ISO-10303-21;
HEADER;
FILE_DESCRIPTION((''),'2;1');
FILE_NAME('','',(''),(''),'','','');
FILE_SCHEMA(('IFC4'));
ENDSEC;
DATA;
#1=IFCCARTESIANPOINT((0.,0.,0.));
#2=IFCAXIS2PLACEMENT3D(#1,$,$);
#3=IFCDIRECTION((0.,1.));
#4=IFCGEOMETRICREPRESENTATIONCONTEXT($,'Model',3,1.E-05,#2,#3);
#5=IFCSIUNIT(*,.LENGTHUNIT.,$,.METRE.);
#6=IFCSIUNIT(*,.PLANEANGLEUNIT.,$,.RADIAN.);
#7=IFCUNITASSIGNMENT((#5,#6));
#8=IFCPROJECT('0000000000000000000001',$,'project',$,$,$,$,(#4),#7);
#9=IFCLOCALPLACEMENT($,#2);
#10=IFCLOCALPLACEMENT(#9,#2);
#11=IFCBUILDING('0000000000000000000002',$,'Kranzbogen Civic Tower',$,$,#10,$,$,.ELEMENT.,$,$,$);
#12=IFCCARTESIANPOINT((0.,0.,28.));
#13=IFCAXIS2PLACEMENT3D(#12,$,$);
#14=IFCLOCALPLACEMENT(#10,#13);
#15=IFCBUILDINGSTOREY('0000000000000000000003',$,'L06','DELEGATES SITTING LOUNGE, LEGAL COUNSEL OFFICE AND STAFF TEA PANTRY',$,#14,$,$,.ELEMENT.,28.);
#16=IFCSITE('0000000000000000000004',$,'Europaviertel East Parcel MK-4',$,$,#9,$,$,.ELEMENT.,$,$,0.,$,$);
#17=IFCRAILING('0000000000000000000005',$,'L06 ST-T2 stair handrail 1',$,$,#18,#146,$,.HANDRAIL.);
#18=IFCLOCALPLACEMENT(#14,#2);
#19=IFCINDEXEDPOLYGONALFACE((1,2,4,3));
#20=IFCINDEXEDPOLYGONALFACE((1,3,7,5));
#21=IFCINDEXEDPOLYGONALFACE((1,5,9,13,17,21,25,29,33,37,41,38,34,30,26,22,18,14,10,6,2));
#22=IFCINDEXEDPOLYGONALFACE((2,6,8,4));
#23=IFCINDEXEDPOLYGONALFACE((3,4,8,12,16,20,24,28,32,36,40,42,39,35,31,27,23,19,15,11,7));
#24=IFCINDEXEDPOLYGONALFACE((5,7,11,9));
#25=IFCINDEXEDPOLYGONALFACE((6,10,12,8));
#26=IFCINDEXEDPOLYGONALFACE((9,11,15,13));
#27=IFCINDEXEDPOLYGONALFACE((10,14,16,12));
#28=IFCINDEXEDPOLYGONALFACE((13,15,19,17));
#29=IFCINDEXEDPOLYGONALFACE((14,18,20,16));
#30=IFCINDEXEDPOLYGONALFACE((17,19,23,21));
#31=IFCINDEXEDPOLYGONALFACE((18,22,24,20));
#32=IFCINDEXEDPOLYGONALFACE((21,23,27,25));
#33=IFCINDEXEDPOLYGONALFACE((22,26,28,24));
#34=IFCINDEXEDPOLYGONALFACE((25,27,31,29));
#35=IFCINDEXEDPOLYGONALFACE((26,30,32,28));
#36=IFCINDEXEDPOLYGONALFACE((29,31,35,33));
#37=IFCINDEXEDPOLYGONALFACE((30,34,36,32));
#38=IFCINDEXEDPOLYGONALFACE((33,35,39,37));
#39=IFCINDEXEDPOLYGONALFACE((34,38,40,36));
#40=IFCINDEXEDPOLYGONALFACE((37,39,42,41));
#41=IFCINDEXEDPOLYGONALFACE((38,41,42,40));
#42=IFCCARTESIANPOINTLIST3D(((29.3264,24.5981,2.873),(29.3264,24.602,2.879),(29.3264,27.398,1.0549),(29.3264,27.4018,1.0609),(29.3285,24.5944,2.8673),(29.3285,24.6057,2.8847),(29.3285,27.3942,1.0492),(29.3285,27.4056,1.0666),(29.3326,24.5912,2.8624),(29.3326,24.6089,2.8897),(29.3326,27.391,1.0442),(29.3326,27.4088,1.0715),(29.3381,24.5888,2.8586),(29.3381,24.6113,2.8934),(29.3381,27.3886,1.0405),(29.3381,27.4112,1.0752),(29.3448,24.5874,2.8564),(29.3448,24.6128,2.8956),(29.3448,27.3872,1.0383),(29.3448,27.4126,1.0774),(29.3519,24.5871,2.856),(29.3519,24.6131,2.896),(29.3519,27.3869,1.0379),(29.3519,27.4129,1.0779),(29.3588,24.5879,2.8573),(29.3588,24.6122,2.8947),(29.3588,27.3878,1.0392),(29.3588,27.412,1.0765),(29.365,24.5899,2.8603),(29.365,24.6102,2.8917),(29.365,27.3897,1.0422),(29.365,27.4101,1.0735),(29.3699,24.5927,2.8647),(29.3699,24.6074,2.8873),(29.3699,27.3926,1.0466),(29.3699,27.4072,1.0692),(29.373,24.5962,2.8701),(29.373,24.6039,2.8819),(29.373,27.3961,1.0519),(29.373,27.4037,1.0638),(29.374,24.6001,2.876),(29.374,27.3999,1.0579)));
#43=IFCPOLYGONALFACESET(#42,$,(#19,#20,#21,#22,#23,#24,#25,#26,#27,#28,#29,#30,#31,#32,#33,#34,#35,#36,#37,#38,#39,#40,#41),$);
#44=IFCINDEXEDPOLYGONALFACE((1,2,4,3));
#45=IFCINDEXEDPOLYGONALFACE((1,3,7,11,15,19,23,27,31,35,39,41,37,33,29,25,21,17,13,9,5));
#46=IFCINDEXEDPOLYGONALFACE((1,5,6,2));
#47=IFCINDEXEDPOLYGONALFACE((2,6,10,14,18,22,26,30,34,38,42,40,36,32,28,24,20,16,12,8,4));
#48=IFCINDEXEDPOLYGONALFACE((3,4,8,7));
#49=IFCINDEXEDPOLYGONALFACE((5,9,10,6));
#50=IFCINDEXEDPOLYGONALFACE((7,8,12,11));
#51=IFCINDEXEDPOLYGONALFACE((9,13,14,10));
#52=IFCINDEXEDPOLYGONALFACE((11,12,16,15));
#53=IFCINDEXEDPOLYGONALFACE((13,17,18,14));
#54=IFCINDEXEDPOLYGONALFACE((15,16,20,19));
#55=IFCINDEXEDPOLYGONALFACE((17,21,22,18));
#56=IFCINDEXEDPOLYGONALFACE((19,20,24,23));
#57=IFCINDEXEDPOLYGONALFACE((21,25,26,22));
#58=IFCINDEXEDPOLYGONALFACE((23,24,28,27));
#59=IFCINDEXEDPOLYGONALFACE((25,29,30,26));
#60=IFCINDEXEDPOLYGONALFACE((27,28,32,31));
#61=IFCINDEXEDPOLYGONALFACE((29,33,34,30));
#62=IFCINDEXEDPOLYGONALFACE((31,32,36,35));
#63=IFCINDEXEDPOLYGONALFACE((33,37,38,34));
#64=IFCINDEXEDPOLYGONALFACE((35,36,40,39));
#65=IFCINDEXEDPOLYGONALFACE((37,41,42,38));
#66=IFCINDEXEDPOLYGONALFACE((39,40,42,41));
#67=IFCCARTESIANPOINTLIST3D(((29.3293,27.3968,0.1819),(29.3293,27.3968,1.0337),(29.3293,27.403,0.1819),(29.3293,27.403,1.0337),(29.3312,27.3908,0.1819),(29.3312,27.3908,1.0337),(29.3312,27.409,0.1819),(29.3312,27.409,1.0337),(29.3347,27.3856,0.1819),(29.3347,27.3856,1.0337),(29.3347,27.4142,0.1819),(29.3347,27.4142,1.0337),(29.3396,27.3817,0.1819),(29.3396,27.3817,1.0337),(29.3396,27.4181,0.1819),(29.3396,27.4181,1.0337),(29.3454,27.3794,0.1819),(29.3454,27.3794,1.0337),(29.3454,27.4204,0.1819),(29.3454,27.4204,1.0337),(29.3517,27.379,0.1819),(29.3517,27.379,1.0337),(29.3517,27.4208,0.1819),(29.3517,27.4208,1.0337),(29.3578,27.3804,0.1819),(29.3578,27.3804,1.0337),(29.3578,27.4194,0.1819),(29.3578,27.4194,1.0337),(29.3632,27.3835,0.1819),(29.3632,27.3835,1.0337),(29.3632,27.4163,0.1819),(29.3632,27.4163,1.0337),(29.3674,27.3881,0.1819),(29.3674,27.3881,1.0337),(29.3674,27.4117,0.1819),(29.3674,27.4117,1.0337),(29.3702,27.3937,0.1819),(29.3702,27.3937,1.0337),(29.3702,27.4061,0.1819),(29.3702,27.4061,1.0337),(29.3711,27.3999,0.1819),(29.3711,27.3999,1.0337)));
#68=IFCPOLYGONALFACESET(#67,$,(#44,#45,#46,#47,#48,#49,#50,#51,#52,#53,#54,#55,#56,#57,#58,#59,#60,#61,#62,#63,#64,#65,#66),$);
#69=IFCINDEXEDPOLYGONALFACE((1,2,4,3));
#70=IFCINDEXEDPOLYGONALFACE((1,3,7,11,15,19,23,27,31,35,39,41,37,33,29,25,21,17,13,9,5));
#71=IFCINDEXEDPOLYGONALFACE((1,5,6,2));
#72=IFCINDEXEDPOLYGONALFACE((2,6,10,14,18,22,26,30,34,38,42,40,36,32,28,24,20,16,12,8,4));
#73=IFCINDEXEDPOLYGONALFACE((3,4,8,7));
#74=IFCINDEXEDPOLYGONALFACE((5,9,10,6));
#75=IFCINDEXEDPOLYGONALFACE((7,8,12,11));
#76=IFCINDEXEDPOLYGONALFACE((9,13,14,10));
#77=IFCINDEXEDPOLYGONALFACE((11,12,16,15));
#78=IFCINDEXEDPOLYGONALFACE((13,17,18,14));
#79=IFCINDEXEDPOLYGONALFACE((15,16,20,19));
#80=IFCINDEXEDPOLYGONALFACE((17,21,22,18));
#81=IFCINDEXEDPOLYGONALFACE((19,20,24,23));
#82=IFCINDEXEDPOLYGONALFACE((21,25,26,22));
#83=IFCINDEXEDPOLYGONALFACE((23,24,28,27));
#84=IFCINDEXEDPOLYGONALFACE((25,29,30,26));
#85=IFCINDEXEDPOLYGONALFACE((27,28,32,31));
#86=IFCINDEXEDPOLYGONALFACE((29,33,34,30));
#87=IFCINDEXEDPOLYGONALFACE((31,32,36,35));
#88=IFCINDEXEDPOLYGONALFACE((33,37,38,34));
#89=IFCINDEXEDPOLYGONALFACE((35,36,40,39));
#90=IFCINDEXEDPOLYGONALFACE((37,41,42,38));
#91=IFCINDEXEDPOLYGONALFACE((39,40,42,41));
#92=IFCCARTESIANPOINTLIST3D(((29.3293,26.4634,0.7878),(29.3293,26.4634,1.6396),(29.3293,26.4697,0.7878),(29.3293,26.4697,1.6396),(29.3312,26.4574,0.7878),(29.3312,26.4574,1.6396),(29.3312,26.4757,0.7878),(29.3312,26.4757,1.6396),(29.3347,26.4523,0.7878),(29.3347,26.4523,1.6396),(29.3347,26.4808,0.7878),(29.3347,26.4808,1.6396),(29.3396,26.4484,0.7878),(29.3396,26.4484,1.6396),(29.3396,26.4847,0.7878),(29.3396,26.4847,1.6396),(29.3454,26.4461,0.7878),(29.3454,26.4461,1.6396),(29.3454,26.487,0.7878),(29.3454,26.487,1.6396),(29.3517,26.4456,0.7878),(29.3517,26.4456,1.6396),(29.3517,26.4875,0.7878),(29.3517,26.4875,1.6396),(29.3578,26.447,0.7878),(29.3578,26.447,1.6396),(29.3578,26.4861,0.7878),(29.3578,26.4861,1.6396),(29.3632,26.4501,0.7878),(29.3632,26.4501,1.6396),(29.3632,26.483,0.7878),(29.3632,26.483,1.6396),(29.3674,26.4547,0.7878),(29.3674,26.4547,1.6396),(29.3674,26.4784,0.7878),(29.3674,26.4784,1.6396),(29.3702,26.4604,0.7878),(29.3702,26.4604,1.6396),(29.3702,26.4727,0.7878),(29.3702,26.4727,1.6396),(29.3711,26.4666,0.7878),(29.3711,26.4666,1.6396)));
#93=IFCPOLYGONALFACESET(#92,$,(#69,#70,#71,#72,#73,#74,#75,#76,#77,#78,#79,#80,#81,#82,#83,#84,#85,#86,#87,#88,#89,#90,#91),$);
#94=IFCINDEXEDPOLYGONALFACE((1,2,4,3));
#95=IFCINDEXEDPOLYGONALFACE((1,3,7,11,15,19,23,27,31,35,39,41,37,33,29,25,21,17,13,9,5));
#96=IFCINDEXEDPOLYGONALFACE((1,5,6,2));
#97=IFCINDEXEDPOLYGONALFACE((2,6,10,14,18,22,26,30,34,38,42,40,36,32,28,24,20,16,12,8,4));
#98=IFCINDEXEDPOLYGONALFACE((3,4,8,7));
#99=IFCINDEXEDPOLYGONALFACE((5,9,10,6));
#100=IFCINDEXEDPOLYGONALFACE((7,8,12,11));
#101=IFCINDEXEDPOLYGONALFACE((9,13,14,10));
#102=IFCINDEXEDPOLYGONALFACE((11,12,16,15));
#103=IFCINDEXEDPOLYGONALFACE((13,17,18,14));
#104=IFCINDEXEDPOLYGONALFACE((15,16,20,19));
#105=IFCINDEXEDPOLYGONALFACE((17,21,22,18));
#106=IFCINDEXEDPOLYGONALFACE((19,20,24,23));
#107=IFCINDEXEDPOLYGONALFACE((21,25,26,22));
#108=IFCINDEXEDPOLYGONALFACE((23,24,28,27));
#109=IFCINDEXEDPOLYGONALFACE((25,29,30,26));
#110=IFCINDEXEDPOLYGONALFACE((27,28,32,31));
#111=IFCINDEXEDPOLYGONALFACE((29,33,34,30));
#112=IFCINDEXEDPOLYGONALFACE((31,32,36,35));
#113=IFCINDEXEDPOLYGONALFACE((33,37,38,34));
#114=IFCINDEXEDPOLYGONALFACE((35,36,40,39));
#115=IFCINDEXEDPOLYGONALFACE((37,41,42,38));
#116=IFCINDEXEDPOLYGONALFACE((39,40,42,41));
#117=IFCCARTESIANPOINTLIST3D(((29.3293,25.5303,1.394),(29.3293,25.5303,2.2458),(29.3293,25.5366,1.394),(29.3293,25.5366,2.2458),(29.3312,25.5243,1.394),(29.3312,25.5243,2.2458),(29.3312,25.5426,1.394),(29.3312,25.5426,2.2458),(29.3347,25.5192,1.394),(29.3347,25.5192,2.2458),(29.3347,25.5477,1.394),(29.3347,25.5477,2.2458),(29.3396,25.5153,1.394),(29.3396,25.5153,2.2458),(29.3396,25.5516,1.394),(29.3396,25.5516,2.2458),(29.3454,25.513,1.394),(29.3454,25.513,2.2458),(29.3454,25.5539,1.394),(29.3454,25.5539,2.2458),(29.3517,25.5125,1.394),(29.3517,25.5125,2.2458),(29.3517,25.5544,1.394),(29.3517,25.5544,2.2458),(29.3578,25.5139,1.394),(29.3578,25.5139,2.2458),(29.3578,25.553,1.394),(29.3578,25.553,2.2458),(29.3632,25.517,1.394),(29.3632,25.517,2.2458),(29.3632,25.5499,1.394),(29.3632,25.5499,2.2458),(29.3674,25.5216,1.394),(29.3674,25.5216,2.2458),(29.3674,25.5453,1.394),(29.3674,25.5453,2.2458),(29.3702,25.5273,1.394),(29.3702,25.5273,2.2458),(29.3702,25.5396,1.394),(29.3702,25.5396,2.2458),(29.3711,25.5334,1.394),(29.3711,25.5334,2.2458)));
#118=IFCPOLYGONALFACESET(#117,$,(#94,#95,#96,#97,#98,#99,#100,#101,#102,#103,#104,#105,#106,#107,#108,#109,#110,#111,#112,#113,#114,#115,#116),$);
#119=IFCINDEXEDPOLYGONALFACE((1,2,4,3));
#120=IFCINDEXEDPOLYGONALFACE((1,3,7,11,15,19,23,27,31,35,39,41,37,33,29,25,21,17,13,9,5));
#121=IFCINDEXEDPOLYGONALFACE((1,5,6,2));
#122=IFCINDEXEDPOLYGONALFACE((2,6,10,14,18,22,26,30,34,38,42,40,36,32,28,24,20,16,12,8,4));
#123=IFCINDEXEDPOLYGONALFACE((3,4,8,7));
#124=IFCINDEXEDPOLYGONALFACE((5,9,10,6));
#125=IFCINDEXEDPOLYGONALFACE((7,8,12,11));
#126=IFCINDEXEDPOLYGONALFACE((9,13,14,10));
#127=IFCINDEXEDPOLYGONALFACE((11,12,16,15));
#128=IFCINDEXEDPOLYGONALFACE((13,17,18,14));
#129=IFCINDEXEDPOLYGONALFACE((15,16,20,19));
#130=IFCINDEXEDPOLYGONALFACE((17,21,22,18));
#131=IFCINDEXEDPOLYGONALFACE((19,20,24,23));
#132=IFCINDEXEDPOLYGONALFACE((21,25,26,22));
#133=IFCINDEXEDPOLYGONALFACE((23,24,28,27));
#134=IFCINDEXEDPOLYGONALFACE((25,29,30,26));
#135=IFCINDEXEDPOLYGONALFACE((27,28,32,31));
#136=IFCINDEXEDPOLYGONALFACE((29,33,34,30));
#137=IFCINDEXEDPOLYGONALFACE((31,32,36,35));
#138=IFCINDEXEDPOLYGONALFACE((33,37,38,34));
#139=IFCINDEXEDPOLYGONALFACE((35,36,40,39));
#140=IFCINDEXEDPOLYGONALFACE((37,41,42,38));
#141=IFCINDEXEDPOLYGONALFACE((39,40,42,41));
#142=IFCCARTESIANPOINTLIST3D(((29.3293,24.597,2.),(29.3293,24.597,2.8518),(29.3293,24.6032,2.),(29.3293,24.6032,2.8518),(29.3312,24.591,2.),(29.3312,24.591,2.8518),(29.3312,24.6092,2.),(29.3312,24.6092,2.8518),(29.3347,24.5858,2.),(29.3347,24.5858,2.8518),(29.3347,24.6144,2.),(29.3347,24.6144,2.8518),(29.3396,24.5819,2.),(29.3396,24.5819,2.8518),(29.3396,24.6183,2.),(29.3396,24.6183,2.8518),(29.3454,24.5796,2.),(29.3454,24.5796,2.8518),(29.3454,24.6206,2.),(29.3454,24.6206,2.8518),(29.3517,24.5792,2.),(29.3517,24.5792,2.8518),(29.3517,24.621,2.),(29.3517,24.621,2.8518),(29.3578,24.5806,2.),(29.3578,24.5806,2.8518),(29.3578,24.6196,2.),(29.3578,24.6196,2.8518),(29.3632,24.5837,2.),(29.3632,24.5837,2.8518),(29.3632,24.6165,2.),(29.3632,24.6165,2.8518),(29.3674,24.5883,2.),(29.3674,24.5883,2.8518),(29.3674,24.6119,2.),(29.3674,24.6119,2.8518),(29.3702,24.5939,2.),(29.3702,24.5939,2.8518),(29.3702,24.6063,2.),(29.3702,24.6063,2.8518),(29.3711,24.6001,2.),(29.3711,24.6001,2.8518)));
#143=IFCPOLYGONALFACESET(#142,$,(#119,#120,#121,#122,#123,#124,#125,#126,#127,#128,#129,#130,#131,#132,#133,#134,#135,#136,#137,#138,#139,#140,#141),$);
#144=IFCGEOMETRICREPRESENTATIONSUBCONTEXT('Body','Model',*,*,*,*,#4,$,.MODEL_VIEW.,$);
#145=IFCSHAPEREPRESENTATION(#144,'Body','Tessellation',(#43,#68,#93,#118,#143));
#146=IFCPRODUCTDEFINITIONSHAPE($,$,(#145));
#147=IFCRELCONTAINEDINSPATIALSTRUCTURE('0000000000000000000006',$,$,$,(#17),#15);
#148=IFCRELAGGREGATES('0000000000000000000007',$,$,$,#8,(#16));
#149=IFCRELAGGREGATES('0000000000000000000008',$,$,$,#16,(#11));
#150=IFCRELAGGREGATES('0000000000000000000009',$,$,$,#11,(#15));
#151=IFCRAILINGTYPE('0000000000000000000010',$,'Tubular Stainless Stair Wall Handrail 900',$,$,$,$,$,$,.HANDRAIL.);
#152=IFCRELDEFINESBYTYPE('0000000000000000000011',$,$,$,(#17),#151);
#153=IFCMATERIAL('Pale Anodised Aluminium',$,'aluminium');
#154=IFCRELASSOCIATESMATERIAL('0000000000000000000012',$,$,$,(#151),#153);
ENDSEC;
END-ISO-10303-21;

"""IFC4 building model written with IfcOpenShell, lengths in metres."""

from ifc_helpers import new_model, si_unit, direction, frame, origin, origin_2d, place, context, subcontext, project, spatial, circle, extrude, material, type_object, element, save


model = new_model("IFC4")

# Units and contexts
model_context = context("Model", 3, precision=1e-05, world=origin(), true_north=direction((0.0, 1.0)))
body_context = subcontext(model_context, "Body", "Model", "MODEL_VIEW")
ifc_project = project(units=[si_unit("LENGTHUNIT", "METRE"), si_unit("PLANEANGLEUNIT", "RADIAN")], contexts=[model_context])

# Site, building, storey
site_placement = place(None, origin())
site = spatial("IfcSite", under=ifc_project, at=site_placement, Name="Europaviertel East Parcel MK-4", CompositionType="ELEMENT", RefElevation=0.0)
building_placement = place(site_placement, origin())
building = spatial("IfcBuilding", under=site, at=building_placement, Name="Kranzbogen Civic Tower", CompositionType="ELEMENT")
storey_placement = place(building_placement, frame((0.0, 0.0, 28.0)))
storey = spatial("IfcBuildingStorey", under=building, at=storey_placement, Name="L06", Description="DELEGATES SITTING LOUNGE, LEGAL COUNSEL OFFICE AND STAFF TEA PANTRY", CompositionType="ELEMENT", Elevation=28.0)

# Shared definitions
ifc_material_1 = material(Name="Pale Anodised Aluminium", Category="aluminium")

# Railing
railing_type_1 = type_object("IfcRailingType", Name="Tubular Stainless Stair Wall Handrail 900", PredefinedType="HANDRAIL", material=ifc_material_1)
railing_1_placement = place(storey_placement, frame((29.3501, 27.3999, 0.1819)))
element("IfcRailing", 1, at=railing_1_placement, inside=storey, type_object=railing_type_1, Name="L06 ST-T2 stair handrail 1", PredefinedType="HANDRAIL", context=body_context, shape_type="SweptSolid", body=[
    extrude(circle(Radius=0.0239, at=origin_2d()), frame((0.0, 0.0, 0.876), z_axis=(0.0, -0.838684, 0.544618), x_axis=(1.0, 0.0, 0.0)), (0.0, 0.0, 1.0), 3.3384),
    extrude(circle(Radius=0.021, at=origin_2d()), origin(), (0.0, 0.0, 1.0), 0.8518),
    extrude(circle(Radius=0.021, at=origin_2d()), frame((0.0, -0.9333, 0.606)), (0.0, 0.0, 1.0), 0.8518),
    extrude(circle(Radius=0.021, at=origin_2d()), frame((0.0, -1.8665, 1.2122)), (0.0, 0.0, 1.0), 0.8518),
    extrude(circle(Radius=0.021, at=origin_2d()), frame((0.0, -2.7998, 1.8181)), (0.0, 0.0, 1.0), 0.8518),
])

save(model, "model.ifc")
